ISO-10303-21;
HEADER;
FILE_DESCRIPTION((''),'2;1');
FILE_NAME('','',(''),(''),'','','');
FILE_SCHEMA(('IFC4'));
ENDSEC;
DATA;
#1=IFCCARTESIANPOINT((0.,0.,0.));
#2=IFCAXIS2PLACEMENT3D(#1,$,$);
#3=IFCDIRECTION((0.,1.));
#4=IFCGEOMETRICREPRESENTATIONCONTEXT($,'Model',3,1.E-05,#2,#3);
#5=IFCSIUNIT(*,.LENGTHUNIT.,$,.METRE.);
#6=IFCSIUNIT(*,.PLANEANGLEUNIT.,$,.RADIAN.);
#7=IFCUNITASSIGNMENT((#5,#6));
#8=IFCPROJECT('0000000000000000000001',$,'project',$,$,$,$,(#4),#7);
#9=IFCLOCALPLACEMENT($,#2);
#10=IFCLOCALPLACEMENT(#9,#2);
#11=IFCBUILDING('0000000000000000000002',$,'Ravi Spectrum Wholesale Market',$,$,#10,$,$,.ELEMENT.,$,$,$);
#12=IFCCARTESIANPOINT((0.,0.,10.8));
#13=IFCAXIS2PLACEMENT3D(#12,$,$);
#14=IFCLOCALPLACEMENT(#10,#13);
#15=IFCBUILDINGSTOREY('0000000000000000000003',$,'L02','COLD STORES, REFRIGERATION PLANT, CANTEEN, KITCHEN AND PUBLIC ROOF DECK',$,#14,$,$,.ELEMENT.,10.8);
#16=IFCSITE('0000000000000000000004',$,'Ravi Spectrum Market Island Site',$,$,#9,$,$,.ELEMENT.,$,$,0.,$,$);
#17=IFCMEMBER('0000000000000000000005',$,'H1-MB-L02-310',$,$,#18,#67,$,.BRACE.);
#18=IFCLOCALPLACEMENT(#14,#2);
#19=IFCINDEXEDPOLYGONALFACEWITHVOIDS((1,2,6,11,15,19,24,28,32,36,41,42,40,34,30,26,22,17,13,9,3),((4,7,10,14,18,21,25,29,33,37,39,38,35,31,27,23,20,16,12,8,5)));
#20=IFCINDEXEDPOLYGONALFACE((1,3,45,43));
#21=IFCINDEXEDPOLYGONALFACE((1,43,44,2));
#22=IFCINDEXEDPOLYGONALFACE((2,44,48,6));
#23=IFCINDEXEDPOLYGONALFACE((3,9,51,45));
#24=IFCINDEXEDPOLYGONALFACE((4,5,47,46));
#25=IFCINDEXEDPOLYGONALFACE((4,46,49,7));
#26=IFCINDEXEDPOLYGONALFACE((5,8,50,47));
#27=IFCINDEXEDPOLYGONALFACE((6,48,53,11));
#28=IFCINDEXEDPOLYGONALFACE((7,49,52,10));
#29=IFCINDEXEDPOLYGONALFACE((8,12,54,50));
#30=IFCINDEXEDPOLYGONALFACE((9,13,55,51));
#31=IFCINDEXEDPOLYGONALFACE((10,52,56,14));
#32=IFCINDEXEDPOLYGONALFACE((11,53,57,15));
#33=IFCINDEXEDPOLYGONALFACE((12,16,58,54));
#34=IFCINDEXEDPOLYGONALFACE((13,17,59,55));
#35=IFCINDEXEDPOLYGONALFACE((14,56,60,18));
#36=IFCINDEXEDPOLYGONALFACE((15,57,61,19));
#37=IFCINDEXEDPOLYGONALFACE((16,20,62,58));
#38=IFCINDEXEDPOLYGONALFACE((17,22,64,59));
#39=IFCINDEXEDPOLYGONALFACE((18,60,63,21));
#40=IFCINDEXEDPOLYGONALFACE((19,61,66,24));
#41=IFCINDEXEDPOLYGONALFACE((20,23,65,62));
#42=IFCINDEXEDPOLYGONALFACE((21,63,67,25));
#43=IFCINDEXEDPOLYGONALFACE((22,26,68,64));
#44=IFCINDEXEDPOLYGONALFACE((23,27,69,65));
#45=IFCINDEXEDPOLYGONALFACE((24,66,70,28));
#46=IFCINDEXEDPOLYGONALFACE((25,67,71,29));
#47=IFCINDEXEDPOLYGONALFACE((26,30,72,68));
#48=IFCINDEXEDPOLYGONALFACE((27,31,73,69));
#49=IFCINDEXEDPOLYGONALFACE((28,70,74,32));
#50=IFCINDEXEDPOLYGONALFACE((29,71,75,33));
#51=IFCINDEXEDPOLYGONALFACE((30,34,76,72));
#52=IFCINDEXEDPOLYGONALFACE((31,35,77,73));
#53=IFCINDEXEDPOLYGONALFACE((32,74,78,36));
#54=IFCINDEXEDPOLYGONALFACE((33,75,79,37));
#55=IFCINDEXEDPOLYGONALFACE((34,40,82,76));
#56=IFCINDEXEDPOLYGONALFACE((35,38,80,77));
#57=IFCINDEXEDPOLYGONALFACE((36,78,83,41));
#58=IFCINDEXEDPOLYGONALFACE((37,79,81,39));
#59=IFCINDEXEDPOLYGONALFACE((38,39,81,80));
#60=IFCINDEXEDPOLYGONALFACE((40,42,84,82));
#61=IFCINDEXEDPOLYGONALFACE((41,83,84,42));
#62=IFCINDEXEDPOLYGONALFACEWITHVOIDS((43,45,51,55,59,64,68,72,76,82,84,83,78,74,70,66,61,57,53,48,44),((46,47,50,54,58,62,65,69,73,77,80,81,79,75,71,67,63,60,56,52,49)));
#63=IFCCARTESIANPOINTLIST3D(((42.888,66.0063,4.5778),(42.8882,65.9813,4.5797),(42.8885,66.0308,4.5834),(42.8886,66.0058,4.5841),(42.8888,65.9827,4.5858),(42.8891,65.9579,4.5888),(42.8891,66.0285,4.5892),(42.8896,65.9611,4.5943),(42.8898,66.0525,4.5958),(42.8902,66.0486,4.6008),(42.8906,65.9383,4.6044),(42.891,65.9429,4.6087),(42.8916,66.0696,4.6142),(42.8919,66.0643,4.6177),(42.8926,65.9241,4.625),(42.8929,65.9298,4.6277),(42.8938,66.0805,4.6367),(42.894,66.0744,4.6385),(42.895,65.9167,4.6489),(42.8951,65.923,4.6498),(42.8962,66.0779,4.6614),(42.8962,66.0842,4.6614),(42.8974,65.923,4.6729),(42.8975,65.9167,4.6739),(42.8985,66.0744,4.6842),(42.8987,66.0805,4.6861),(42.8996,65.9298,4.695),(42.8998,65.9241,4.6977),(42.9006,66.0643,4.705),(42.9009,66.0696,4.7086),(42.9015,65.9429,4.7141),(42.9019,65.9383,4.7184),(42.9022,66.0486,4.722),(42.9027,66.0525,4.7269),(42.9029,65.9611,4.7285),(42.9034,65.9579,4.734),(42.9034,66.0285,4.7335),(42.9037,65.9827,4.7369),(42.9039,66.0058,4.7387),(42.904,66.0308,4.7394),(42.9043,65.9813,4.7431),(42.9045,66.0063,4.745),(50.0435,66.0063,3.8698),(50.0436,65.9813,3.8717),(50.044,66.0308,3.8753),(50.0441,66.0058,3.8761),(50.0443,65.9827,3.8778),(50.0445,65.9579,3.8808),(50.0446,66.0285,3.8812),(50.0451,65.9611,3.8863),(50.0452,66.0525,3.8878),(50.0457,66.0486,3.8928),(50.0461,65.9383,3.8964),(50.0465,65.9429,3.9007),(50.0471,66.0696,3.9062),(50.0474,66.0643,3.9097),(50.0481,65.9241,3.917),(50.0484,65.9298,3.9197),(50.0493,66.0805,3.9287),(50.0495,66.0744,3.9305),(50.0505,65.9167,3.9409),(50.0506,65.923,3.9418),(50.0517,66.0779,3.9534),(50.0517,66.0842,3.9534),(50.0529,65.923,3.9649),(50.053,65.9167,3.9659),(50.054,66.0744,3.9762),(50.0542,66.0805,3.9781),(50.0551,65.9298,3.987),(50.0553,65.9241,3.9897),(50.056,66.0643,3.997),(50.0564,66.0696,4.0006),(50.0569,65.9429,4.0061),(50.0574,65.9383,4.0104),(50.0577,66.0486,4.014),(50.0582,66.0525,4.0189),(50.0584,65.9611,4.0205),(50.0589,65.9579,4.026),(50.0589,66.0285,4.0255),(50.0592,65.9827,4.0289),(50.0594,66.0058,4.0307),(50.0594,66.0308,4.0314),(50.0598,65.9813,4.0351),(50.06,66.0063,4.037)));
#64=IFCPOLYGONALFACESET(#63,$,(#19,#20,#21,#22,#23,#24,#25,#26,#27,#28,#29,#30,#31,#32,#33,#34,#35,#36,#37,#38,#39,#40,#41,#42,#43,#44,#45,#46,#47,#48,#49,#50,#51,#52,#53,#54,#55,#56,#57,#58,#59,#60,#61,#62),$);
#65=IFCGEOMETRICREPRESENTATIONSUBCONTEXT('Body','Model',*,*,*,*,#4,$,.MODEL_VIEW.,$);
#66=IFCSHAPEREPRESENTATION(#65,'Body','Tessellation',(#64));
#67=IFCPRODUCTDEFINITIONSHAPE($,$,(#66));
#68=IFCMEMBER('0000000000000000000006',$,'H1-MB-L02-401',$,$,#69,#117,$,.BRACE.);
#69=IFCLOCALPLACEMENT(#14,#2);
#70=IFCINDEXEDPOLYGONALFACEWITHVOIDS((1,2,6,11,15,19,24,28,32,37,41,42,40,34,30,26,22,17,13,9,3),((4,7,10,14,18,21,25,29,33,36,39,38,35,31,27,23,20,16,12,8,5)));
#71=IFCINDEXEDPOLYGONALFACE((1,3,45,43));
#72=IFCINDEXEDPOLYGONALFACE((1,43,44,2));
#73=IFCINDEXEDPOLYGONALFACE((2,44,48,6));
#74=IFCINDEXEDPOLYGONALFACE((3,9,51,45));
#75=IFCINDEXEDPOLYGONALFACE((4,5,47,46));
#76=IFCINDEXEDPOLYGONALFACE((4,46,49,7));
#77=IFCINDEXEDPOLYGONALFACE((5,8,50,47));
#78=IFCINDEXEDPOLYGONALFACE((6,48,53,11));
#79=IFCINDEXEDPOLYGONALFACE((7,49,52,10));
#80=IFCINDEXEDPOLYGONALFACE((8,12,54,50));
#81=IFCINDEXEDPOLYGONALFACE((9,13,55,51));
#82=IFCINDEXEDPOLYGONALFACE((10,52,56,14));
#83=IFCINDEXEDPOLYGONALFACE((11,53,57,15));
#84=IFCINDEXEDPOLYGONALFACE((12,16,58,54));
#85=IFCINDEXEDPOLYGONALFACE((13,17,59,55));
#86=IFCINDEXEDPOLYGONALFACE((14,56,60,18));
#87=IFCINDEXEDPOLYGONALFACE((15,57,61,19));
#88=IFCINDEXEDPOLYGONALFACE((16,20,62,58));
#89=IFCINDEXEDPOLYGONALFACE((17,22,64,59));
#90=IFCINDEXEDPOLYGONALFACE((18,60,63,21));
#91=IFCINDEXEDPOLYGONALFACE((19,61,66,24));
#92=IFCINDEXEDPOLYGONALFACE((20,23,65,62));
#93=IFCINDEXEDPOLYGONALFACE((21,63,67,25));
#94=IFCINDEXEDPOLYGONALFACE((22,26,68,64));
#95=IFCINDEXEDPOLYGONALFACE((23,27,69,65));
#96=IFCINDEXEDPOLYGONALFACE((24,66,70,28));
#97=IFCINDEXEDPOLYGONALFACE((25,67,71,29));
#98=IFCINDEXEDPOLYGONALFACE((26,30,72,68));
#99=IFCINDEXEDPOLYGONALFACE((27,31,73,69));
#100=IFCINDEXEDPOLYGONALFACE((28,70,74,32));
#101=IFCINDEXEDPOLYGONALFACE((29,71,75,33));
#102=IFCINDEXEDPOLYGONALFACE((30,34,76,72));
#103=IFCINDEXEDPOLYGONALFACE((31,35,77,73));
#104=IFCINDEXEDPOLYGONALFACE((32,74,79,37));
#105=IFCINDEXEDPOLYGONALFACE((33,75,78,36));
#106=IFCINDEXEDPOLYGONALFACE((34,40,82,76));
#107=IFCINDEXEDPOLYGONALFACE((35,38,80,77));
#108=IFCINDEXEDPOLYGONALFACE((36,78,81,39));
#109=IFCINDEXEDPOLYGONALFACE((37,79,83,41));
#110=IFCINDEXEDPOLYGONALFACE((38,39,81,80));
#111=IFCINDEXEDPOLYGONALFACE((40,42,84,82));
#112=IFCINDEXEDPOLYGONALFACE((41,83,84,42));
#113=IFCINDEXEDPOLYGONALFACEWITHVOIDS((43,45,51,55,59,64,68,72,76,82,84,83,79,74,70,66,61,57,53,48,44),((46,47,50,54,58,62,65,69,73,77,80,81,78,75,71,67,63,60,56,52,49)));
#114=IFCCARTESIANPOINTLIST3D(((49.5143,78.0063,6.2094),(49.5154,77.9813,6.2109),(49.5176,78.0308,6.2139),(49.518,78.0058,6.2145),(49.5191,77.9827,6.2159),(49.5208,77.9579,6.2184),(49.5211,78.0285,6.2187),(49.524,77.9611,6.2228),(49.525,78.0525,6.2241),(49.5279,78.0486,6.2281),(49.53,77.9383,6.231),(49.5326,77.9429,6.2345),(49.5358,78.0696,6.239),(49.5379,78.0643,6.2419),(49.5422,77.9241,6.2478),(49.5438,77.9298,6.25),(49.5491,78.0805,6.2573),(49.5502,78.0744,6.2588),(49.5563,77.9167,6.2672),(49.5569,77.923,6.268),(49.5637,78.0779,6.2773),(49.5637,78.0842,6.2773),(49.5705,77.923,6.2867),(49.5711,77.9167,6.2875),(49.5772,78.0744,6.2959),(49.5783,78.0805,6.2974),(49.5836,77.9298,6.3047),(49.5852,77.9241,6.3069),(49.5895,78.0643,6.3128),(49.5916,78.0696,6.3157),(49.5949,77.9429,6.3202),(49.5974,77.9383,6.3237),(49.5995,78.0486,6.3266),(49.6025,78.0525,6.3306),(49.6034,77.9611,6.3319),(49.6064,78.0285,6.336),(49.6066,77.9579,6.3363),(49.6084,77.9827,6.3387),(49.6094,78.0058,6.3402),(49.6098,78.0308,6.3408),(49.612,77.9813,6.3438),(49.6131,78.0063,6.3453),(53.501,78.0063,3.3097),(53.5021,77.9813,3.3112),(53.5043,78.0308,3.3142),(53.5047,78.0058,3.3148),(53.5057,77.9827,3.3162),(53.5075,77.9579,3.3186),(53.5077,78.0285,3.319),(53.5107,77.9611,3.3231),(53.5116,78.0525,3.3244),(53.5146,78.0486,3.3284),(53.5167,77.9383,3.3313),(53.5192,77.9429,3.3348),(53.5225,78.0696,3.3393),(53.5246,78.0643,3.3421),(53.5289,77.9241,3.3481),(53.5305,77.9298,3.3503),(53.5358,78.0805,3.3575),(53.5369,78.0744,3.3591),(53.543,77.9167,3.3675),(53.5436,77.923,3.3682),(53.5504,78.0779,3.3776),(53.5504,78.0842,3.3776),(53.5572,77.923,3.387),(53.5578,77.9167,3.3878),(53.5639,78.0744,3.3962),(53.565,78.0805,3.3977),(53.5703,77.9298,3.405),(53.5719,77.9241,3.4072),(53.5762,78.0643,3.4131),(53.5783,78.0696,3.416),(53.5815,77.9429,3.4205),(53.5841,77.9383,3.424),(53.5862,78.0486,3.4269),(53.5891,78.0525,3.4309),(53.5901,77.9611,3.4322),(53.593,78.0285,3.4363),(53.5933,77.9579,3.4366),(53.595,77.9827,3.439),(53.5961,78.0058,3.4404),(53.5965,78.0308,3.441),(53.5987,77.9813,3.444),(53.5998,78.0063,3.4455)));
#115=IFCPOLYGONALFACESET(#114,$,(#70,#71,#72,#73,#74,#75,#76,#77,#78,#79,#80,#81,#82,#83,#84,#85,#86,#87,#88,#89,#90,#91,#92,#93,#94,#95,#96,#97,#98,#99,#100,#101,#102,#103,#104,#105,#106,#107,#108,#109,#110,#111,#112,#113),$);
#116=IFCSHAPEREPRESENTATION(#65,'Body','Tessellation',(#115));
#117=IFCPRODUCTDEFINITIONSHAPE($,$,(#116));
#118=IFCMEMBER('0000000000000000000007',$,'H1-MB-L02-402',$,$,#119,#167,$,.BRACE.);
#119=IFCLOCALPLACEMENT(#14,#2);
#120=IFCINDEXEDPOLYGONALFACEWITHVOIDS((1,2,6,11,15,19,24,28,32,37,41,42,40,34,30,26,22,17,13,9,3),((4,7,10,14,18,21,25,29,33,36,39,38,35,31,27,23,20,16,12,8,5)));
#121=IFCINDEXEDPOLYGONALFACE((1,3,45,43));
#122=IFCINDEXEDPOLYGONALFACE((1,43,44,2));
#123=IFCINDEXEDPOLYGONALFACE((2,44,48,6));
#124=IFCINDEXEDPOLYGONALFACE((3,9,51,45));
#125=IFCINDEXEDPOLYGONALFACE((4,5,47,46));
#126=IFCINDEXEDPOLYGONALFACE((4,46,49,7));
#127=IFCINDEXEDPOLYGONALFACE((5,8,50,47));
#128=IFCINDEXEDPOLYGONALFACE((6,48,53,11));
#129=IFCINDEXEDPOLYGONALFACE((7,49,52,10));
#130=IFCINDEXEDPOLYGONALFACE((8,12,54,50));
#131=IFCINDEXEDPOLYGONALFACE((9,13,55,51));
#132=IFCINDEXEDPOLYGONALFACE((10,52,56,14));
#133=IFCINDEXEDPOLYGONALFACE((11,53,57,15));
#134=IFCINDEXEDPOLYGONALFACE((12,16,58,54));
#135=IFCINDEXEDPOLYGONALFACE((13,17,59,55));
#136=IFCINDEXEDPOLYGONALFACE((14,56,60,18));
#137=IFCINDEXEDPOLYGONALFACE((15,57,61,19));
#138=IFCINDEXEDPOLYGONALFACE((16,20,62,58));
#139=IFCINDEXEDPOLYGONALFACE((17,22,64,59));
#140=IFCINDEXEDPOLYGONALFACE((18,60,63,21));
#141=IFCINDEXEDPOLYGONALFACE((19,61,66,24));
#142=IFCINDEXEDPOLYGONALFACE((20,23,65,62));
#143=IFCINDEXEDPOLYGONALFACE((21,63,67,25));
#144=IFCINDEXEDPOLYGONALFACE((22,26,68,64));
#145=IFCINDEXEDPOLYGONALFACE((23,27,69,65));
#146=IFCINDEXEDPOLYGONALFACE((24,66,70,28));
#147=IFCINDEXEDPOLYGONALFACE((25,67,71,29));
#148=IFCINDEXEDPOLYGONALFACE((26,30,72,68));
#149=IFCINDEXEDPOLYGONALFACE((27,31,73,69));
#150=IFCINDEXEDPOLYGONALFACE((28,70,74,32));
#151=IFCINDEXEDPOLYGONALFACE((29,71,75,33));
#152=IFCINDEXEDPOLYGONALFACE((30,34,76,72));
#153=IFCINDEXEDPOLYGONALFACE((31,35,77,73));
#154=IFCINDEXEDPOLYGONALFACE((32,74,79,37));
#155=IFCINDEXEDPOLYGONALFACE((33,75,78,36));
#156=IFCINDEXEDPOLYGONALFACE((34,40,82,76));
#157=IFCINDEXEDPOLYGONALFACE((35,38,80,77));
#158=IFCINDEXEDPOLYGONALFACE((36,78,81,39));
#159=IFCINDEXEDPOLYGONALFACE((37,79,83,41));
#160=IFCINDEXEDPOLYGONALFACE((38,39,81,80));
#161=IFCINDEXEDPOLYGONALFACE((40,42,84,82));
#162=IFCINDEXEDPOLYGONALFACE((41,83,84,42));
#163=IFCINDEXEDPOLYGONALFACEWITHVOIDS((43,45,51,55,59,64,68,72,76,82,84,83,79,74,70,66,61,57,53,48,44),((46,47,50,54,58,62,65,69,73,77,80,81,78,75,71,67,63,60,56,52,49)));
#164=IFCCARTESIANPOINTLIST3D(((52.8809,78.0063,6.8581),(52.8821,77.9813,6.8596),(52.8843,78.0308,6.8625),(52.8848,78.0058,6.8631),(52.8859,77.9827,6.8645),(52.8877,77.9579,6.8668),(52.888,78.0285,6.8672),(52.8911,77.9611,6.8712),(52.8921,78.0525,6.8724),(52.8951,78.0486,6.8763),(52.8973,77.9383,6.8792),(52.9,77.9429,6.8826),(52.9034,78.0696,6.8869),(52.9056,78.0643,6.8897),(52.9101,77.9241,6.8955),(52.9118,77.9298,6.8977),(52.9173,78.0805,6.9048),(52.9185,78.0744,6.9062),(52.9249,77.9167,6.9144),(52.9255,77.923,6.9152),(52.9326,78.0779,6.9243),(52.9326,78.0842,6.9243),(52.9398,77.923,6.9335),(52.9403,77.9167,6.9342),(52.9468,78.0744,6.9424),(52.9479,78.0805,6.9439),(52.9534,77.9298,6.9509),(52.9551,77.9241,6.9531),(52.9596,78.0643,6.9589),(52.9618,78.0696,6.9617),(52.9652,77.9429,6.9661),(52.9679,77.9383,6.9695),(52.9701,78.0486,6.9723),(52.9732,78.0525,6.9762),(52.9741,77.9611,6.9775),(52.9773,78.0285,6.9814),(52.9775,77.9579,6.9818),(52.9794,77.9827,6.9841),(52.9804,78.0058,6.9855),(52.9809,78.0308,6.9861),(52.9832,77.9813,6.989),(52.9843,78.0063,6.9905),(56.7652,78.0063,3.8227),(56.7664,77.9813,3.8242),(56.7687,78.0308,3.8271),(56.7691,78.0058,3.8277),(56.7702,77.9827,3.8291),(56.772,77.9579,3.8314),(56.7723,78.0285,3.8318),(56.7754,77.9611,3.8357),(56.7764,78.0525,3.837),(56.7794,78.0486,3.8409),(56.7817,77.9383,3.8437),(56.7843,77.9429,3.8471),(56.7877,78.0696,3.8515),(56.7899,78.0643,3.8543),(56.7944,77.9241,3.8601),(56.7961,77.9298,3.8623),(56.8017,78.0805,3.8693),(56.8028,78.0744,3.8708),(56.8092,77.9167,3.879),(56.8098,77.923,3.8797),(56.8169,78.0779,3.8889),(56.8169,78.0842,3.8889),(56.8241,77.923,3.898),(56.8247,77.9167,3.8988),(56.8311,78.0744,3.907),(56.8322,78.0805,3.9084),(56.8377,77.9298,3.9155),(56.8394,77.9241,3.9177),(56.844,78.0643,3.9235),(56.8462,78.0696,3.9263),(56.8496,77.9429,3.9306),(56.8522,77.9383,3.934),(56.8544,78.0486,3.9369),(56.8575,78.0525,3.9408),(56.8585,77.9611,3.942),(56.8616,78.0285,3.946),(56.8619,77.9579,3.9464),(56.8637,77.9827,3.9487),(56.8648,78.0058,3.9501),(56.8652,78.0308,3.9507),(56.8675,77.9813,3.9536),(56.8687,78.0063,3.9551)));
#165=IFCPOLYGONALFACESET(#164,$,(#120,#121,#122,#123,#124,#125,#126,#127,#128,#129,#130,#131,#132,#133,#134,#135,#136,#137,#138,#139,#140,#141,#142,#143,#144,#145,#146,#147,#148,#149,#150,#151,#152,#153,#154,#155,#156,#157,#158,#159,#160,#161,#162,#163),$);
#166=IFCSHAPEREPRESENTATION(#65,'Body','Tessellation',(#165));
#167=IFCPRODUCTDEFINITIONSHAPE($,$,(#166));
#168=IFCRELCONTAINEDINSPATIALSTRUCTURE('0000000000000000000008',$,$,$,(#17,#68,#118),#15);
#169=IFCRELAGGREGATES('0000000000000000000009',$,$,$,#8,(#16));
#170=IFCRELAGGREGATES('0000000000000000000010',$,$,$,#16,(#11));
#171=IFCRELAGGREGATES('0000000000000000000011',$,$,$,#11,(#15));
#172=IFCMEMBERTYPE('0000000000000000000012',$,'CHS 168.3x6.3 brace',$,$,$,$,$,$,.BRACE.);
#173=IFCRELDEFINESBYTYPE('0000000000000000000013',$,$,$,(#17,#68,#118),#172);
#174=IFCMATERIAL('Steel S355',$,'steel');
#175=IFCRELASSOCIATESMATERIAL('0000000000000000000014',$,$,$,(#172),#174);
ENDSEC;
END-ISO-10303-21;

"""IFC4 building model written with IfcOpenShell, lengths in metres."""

from ifc_helpers import new_model, si_unit, direction, frame, origin, origin_2d, place, context, subcontext, project, spatial, hollow_circle, extrude, material, material_profile, profile_set, type_object, element, save


model = new_model("IFC4")

# Units and contexts
model_context = context("Model", 3, precision=1e-05, world=origin(), true_north=direction((0.0, 1.0)))
body_context = subcontext(model_context, "Body", "Model", "MODEL_VIEW")
ifc_project = project(units=[si_unit("LENGTHUNIT", "METRE"), si_unit("PLANEANGLEUNIT", "RADIAN")], contexts=[model_context])

# Site, building, storey
site_placement = place(None, origin())
site = spatial("IfcSite", under=ifc_project, at=site_placement, Name="Ravi Spectrum Market Island Site", CompositionType="ELEMENT", RefElevation=0.0)
building_placement = place(site_placement, origin())
building = spatial("IfcBuilding", under=site, at=building_placement, Name="Ravi Spectrum Wholesale Market", CompositionType="ELEMENT")
storey_placement = place(building_placement, frame((0.0, 0.0, 10.8)))
storey = spatial("IfcBuildingStorey", under=building, at=storey_placement, Name="L02", Description="COLD STORES, REFRIGERATION PLANT, CANTEEN, KITCHEN AND PUBLIC ROOF DECK", CompositionType="ELEMENT", Elevation=10.8)

# Members
ifc_material_1 = material(Name="Steel S355", Category="steel")
ifc_material_profile_1 = material_profile(ifc_material_1, hollow_circle(Radius=0.0842, WallThickness=0.0063, at=origin_2d()))
ifc_profile_set_1 = profile_set([ifc_material_profile_1], Name="Steel S355")
member_type_1 = type_object("IfcMemberType", Name="CHS 168.3x6.3 brace", PredefinedType="BRACE", material=ifc_profile_set_1)
member_1_placement = place(storey_placement, frame((42.8962, 66.0, 4.6614), z_axis=(0.995141, 0.0, -0.098465), x_axis=(0.0, 1.0, 0.0)))
element("IfcMember", 1, at=member_1_placement, inside=storey, type_object=member_type_1, Name="H1-MB-L02-310", PredefinedType="BRACE", context=body_context, shape_type="SweptSolid", body=[
    extrude(hollow_circle(Radius=0.0842, WallThickness=0.0063, at=origin_2d()), origin(), (0.0, 0.0, 1.0), 7.1904),
])
for number, where, z_axis, x_axis, name in (
    (2, (49.5637, 78.0, 6.2773), (0.808704, 0.0, -0.588216), (0.0, 1.0, 0.0), "H1-MB-L02-401"),
    (3, (52.9326, 78.0, 6.9243), (0.787945, 0.0, -0.615746), (0.0, 1.0, 0.0), "H1-MB-L02-402"),
):
    element("IfcMember", number, at=place(storey_placement, frame(where, z_axis=z_axis, x_axis=x_axis)), inside=storey, type_object=member_type_1, Name=name, PredefinedType="BRACE", context=body_context, shape_type="SweptSolid", body=[
        extrude(hollow_circle(Radius=0.0842, WallThickness=0.0063, at=origin_2d()), origin(), (0.0, 0.0, 1.0), 4.9297),
    ])

save(model, "model.ifc")
